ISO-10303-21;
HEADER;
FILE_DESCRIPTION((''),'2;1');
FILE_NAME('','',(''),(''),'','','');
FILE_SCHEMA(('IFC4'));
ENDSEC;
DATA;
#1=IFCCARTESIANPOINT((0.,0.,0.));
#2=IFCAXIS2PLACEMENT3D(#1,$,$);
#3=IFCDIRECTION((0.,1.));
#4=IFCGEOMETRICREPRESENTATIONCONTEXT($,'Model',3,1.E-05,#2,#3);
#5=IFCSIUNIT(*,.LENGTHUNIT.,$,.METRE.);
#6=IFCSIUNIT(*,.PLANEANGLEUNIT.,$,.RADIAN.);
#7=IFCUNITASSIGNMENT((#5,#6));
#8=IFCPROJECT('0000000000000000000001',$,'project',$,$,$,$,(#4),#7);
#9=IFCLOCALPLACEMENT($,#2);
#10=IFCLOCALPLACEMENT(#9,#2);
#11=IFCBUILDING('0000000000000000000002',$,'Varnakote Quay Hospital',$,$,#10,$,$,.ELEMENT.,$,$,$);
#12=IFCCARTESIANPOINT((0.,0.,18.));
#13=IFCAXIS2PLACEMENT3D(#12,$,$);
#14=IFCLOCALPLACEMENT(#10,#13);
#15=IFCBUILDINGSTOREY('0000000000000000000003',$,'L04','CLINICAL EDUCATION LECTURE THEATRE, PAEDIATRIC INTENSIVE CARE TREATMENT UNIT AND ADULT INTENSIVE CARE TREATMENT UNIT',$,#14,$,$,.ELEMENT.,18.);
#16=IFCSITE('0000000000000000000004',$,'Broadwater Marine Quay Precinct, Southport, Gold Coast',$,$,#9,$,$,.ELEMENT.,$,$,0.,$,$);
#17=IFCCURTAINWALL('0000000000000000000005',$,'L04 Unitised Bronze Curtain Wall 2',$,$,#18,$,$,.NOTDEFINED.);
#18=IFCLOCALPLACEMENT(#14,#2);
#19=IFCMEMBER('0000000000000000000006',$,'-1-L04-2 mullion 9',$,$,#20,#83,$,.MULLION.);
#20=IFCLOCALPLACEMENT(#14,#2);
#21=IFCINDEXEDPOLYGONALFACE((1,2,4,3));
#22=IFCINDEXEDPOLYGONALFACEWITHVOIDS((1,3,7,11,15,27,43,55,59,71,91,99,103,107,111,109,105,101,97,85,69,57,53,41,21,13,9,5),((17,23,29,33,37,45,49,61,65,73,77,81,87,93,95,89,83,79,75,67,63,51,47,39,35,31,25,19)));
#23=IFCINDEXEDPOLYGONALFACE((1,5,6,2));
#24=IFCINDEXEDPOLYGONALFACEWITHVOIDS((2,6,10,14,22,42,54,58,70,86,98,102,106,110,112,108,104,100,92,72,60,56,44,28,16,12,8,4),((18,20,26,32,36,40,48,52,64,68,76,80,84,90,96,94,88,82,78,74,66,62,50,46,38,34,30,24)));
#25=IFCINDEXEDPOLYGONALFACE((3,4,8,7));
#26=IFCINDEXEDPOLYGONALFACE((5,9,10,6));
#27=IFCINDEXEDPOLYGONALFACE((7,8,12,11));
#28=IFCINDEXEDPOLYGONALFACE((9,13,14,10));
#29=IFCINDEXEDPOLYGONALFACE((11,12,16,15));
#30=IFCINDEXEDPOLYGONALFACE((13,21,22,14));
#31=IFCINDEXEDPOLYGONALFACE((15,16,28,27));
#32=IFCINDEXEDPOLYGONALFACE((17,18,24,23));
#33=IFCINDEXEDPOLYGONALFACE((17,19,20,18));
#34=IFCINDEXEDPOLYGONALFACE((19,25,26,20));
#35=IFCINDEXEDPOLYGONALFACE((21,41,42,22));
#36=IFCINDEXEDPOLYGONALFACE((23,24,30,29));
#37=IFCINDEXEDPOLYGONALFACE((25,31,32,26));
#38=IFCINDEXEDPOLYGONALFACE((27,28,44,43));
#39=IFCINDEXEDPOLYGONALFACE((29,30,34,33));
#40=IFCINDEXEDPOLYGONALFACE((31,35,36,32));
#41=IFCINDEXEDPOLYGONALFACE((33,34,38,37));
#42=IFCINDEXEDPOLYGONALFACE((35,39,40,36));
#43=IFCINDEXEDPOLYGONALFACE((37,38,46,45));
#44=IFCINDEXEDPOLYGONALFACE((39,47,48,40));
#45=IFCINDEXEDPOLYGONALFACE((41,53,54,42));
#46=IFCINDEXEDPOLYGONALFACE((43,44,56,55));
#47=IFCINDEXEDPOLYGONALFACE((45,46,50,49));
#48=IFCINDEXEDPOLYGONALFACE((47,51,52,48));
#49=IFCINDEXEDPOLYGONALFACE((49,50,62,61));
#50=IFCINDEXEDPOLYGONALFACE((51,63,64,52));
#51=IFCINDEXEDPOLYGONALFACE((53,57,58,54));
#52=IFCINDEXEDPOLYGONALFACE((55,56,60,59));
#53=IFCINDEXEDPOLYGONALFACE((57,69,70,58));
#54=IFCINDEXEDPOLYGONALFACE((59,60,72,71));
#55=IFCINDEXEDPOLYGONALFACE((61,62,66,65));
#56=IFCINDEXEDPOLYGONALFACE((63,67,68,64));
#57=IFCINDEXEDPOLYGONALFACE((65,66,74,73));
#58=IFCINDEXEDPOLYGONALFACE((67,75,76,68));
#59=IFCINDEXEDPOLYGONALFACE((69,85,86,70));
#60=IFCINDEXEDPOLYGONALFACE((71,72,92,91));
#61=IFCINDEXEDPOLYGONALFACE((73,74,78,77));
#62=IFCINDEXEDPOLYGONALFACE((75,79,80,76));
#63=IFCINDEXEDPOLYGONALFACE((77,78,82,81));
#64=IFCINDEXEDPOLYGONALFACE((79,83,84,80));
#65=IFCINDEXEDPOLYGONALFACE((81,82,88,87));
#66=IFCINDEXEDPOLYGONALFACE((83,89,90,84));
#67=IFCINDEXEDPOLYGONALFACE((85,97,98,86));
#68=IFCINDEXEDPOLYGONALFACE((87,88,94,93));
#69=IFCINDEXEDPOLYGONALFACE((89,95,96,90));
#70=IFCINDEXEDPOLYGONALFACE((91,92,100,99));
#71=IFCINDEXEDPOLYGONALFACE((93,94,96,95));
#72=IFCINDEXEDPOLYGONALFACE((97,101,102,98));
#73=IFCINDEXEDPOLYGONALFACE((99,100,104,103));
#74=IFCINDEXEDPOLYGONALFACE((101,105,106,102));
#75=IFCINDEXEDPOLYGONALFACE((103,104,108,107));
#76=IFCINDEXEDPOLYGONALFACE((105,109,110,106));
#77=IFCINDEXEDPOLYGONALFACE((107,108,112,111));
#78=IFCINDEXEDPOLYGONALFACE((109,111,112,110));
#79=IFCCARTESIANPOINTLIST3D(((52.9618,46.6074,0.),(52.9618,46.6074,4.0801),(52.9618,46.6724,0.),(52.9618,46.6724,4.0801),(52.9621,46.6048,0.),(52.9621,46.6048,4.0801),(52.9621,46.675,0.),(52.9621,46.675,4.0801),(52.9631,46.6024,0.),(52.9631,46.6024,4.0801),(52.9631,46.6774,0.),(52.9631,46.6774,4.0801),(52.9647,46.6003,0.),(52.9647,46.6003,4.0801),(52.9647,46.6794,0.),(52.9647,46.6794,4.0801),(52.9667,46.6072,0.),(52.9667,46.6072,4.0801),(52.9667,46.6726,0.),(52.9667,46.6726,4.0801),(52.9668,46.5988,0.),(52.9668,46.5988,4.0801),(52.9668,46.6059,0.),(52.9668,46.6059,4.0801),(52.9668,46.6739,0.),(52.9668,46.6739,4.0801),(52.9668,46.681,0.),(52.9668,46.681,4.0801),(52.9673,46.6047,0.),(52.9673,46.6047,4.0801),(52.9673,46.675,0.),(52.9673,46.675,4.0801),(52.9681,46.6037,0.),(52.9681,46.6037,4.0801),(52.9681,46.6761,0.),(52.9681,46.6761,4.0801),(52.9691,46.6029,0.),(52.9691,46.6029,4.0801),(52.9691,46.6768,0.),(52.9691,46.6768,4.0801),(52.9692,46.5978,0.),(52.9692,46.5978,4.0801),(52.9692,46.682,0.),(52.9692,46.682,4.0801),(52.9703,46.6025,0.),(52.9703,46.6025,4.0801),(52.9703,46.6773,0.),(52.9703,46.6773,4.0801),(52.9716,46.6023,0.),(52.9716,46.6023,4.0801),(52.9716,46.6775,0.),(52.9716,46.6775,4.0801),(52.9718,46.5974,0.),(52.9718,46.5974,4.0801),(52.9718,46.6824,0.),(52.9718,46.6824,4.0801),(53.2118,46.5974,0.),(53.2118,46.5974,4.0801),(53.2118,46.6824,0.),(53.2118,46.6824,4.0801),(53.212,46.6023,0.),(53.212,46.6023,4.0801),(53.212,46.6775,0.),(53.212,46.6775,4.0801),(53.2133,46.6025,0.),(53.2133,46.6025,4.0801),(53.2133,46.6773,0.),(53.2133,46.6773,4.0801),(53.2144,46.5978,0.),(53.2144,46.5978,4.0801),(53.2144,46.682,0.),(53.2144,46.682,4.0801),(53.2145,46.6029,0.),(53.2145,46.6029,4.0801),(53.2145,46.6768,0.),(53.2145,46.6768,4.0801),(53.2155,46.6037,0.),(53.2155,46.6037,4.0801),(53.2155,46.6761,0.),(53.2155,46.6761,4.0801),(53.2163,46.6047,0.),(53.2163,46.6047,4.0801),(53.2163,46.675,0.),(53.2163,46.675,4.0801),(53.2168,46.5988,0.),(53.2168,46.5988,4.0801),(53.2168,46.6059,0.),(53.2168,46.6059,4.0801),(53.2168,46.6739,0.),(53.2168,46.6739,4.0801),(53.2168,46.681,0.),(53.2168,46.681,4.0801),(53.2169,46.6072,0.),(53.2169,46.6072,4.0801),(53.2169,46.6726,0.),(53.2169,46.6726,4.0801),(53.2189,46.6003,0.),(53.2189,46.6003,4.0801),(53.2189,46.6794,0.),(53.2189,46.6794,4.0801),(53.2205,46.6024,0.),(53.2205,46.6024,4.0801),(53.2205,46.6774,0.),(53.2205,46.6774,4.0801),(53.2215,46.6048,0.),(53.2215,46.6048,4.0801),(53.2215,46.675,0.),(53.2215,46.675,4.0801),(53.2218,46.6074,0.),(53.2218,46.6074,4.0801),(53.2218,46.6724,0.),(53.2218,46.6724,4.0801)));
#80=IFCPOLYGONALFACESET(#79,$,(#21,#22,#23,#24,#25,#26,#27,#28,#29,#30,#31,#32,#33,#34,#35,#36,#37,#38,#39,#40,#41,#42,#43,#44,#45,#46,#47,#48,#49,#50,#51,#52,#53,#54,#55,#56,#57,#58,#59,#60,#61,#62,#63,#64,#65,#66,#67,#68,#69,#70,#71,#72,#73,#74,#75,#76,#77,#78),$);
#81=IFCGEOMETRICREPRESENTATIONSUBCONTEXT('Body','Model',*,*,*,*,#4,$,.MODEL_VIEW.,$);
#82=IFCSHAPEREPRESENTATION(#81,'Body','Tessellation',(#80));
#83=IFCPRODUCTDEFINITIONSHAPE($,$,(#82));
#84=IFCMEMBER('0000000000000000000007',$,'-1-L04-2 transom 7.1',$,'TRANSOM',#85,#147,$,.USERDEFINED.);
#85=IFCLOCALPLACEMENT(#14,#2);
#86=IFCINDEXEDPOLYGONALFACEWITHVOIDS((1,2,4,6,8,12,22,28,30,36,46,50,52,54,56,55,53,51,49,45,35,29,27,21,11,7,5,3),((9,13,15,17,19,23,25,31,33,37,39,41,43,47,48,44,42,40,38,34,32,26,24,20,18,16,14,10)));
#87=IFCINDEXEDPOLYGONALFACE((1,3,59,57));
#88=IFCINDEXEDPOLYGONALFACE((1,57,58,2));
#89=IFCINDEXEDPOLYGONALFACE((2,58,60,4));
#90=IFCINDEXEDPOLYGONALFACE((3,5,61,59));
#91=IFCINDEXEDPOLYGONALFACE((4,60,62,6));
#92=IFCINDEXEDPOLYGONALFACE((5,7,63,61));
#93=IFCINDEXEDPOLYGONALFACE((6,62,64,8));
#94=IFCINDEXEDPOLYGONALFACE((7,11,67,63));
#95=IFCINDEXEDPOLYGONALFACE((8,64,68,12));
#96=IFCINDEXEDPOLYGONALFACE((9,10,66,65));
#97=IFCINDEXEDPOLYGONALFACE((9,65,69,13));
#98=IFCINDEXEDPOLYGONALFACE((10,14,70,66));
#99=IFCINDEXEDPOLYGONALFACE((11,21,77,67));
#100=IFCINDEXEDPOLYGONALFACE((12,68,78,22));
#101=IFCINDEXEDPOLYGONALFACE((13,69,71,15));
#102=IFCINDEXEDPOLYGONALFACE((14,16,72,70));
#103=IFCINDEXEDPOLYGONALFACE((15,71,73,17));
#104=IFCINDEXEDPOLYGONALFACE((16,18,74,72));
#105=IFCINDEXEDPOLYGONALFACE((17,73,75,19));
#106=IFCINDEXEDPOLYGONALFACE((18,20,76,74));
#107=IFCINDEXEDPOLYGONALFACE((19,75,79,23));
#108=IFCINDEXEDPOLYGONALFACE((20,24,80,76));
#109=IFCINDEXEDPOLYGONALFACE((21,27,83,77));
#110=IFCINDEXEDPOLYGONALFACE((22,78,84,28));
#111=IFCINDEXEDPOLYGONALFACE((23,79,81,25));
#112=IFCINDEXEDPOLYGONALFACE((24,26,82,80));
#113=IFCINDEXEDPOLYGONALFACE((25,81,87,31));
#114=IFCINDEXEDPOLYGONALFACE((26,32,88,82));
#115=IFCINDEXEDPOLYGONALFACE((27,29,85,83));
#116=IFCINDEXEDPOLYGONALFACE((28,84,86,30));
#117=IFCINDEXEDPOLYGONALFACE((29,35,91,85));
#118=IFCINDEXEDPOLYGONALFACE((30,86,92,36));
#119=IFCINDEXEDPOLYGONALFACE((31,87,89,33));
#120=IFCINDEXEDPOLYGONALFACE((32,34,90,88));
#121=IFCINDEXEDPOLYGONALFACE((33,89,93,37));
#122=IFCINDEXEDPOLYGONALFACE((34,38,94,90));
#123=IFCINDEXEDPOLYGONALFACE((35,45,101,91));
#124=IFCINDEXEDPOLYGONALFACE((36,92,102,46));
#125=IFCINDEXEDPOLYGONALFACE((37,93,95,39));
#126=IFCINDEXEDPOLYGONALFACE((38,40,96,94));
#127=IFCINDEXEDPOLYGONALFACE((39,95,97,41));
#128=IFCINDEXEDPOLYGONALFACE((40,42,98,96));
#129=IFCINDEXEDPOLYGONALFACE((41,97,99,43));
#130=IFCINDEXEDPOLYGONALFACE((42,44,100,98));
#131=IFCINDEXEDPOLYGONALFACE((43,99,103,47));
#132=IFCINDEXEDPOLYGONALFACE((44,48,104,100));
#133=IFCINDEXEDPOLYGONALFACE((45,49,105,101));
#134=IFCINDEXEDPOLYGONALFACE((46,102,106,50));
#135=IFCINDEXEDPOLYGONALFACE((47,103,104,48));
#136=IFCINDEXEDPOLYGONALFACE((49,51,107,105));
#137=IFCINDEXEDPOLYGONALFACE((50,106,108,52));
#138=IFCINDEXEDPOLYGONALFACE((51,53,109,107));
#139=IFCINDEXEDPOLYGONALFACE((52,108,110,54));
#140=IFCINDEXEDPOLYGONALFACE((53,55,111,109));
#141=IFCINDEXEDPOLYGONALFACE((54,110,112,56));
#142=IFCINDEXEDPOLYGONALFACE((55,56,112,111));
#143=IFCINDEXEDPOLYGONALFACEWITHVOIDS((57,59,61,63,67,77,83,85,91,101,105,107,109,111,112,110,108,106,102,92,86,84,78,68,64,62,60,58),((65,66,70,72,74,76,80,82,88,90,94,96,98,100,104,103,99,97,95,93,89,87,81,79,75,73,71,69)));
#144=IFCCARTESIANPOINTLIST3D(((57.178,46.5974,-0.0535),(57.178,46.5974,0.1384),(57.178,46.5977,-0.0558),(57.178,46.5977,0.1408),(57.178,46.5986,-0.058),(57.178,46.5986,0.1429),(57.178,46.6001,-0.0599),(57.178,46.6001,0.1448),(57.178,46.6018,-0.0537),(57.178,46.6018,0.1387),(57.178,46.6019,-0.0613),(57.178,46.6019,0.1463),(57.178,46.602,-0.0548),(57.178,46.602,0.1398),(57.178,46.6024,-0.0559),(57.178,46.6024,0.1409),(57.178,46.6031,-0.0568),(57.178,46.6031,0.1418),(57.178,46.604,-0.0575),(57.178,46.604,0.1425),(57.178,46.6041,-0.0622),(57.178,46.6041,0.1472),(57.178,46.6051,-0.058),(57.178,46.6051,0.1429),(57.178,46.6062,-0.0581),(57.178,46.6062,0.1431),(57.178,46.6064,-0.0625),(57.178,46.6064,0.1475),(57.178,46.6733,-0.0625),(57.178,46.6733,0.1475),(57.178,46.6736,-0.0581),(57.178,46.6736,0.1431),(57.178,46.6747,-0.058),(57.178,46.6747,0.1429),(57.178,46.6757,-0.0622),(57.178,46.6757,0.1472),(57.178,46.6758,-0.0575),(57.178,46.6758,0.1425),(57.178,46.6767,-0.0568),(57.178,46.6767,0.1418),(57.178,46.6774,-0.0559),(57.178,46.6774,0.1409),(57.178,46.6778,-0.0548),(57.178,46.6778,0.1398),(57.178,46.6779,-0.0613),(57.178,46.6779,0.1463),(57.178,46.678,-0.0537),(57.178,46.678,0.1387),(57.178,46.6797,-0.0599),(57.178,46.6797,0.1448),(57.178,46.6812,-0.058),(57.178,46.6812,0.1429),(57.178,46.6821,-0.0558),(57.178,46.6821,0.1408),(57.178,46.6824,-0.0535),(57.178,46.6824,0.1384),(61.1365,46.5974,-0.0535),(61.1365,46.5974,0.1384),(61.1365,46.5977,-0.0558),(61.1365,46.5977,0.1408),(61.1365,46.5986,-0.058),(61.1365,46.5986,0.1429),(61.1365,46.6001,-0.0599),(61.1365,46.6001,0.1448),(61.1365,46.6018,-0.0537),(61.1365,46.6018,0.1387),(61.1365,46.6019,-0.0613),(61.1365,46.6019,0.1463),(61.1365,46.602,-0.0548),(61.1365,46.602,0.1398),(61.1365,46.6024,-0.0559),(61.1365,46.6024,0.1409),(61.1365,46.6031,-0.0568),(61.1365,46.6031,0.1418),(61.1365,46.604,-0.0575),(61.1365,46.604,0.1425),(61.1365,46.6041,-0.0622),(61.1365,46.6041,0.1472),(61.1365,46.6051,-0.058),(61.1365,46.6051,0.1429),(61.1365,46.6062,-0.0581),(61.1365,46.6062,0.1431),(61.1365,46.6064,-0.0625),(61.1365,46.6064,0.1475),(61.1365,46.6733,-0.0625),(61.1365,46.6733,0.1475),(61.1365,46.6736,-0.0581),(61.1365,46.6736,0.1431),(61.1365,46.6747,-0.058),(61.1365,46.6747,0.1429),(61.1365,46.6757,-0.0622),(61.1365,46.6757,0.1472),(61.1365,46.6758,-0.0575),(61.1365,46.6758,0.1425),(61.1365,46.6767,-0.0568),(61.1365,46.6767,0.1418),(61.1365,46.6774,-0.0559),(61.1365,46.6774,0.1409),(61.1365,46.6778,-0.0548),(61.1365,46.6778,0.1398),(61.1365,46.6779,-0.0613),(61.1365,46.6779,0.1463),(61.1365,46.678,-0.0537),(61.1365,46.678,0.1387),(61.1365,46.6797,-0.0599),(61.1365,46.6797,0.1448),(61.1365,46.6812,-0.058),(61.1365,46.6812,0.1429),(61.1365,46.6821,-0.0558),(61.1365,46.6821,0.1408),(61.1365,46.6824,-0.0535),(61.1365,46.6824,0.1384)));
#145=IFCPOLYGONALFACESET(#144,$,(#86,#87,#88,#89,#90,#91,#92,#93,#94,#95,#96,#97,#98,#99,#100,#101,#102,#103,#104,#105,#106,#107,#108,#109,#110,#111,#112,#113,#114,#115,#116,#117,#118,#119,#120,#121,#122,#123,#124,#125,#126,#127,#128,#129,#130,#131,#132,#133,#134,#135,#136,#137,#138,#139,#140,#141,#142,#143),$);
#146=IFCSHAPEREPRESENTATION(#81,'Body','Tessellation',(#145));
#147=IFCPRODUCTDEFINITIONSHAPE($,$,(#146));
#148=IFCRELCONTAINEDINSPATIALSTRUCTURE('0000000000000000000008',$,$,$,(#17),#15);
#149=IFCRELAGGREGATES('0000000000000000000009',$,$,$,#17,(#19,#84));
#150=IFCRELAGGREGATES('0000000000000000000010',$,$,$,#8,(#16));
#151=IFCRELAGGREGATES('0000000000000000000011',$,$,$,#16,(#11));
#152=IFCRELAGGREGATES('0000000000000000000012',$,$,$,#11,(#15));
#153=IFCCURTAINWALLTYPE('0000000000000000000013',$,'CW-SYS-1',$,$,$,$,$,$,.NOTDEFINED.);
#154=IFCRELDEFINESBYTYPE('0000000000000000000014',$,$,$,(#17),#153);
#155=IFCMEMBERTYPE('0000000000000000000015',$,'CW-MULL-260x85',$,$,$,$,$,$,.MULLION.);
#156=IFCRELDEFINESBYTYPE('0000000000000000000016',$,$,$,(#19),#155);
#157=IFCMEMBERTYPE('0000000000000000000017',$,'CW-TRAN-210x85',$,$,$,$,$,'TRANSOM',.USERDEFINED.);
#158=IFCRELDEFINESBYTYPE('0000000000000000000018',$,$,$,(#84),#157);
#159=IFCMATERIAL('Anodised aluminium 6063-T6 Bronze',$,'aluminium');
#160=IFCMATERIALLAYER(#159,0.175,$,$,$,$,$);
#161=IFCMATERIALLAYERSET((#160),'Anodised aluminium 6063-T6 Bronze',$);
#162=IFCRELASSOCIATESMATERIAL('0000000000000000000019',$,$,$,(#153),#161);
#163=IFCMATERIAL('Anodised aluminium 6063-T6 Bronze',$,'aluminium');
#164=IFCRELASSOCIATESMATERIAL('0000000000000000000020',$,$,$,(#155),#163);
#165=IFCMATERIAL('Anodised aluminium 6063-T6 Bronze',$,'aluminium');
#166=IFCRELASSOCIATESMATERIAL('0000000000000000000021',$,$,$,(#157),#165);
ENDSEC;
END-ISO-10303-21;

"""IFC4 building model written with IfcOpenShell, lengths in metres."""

from ifc_helpers import new_model, si_unit, direction, frame, origin, origin_2d, place, context, subcontext, project, spatial, hollow_rectangle, extrude, material, layer, layer_set, material_profile, profile_set, type_object, element, aggregate, save


model = new_model("IFC4")

# Units and contexts
model_context = context("Model", 3, precision=1e-05, world=origin(), true_north=direction((0.0, 1.0)))
body_context = subcontext(model_context, "Body", "Model", "MODEL_VIEW")
ifc_project = project(units=[si_unit("LENGTHUNIT", "METRE"), si_unit("PLANEANGLEUNIT", "RADIAN")], contexts=[model_context])

# Site, building, storey
site_placement = place(None, origin())
site = spatial("IfcSite", under=ifc_project, at=site_placement, Name="Broadwater Marine Quay Precinct, Southport, Gold Coast", CompositionType="ELEMENT", RefElevation=0.0)
building_placement = place(site_placement, origin())
building = spatial("IfcBuilding", under=site, at=building_placement, Name="Varnakote Quay Hospital", CompositionType="ELEMENT")
storey_placement = place(building_placement, frame((0.0, 0.0, 18.0)))
storey = spatial("IfcBuildingStorey", under=building, at=storey_placement, Name="L04", Description="CLINICAL EDUCATION LECTURE THEATRE, PAEDIATRIC INTENSIVE CARE TREATMENT UNIT AND ADULT INTENSIVE CARE TREATMENT UNIT", CompositionType="ELEMENT", Elevation=18.0)

# Curtain wall, members
ifc_material_1 = material(Name="Anodised aluminium 6063-T6 Bronze", Category="aluminium")
ifc_layer_1 = layer(ifc_material_1, 0.175)
ifc_layer_set_1 = layer_set([ifc_layer_1], Name="Anodised aluminium 6063-T6 Bronze")
curtain_wall_type = type_object("IfcCurtainWallType", Name="CW-SYS-1", PredefinedType="NOTDEFINED", material=ifc_layer_set_1)
curtain_wall_placement = place(storey_placement, origin())
curtain_wall = element("IfcCurtainWall", 1, at=curtain_wall_placement, inside=storey, type_object=curtain_wall_type, Name="L04 Unitised Bronze Curtain Wall 2", PredefinedType="NOTDEFINED")
ifc_material_2 = material(Name="Anodised aluminium 6063-T6 Bronze", Category="aluminium")
ifc_material_profile_1 = material_profile(ifc_material_2, hollow_rectangle(XDim=0.085, YDim=0.26, WallThickness=0.0049, InnerFilletRadius=0.0049, OuterFilletRadius=0.01, at=origin_2d()), Name="CW-MULL-260x85")
ifc_profile_set_1 = profile_set([ifc_material_profile_1], Name="Anodised aluminium 6063-T6 Bronze")
member_type_1 = type_object("IfcMemberType", Name="CW-MULL-260x85", PredefinedType="MULLION", material=ifc_profile_set_1)
member_1_placement = place(storey_placement, frame((53.0918, 46.6399, 0.0), z_axis=(0.0, 0.0, 1.0), x_axis=(0.0, -1.0, 0.0)))
member_1 = element("IfcMember", 2, at=member_1_placement, type_object=member_type_1, Name="-1-L04-2 mullion 9", PredefinedType="MULLION", context=body_context, shape_type="SweptSolid", body=[
    extrude(hollow_rectangle(XDim=0.085, YDim=0.26, WallThickness=0.0049, InnerFilletRadius=0.0049, OuterFilletRadius=0.01, at=origin_2d()), origin(), (0.0, 0.0, 1.0), 4.0801),
])
ifc_material_3 = material(Name="Anodised aluminium 6063-T6 Bronze", Category="aluminium")
ifc_material_profile_2 = material_profile(ifc_material_3, hollow_rectangle(XDim=0.085, YDim=0.21, WallThickness=0.0044, InnerFilletRadius=0.0044, OuterFilletRadius=0.009, at=origin_2d()), Name="CW-TRAN-210x85")
ifc_profile_set_2 = profile_set([ifc_material_profile_2], Name="Anodised aluminium 6063-T6 Bronze")
member_type_2 = type_object("IfcMemberType", Name="CW-TRAN-210x85", ElementType="TRANSOM", PredefinedType="USERDEFINED", material=ifc_profile_set_2)
member_2_placement = place(storey_placement, frame((61.1365, 46.6399, 0.0425), z_axis=(-1.0, 0.0, 0.0), x_axis=(0.0, -1.0, 0.0)))
member_2 = element("IfcMember", 3, at=member_2_placement, type_object=member_type_2, Name="-1-L04-2 transom 7.1", ObjectType="TRANSOM", PredefinedType="USERDEFINED", context=body_context, shape_type="SweptSolid", body=[
    extrude(hollow_rectangle(XDim=0.085, YDim=0.21, WallThickness=0.0044, InnerFilletRadius=0.0044, OuterFilletRadius=0.009, at=origin_2d()), origin(), (0.0, 0.0, 1.0), 3.9585),
])

aggregate(curtain_wall, [member_1, member_2])

save(model, "model.ifc")
